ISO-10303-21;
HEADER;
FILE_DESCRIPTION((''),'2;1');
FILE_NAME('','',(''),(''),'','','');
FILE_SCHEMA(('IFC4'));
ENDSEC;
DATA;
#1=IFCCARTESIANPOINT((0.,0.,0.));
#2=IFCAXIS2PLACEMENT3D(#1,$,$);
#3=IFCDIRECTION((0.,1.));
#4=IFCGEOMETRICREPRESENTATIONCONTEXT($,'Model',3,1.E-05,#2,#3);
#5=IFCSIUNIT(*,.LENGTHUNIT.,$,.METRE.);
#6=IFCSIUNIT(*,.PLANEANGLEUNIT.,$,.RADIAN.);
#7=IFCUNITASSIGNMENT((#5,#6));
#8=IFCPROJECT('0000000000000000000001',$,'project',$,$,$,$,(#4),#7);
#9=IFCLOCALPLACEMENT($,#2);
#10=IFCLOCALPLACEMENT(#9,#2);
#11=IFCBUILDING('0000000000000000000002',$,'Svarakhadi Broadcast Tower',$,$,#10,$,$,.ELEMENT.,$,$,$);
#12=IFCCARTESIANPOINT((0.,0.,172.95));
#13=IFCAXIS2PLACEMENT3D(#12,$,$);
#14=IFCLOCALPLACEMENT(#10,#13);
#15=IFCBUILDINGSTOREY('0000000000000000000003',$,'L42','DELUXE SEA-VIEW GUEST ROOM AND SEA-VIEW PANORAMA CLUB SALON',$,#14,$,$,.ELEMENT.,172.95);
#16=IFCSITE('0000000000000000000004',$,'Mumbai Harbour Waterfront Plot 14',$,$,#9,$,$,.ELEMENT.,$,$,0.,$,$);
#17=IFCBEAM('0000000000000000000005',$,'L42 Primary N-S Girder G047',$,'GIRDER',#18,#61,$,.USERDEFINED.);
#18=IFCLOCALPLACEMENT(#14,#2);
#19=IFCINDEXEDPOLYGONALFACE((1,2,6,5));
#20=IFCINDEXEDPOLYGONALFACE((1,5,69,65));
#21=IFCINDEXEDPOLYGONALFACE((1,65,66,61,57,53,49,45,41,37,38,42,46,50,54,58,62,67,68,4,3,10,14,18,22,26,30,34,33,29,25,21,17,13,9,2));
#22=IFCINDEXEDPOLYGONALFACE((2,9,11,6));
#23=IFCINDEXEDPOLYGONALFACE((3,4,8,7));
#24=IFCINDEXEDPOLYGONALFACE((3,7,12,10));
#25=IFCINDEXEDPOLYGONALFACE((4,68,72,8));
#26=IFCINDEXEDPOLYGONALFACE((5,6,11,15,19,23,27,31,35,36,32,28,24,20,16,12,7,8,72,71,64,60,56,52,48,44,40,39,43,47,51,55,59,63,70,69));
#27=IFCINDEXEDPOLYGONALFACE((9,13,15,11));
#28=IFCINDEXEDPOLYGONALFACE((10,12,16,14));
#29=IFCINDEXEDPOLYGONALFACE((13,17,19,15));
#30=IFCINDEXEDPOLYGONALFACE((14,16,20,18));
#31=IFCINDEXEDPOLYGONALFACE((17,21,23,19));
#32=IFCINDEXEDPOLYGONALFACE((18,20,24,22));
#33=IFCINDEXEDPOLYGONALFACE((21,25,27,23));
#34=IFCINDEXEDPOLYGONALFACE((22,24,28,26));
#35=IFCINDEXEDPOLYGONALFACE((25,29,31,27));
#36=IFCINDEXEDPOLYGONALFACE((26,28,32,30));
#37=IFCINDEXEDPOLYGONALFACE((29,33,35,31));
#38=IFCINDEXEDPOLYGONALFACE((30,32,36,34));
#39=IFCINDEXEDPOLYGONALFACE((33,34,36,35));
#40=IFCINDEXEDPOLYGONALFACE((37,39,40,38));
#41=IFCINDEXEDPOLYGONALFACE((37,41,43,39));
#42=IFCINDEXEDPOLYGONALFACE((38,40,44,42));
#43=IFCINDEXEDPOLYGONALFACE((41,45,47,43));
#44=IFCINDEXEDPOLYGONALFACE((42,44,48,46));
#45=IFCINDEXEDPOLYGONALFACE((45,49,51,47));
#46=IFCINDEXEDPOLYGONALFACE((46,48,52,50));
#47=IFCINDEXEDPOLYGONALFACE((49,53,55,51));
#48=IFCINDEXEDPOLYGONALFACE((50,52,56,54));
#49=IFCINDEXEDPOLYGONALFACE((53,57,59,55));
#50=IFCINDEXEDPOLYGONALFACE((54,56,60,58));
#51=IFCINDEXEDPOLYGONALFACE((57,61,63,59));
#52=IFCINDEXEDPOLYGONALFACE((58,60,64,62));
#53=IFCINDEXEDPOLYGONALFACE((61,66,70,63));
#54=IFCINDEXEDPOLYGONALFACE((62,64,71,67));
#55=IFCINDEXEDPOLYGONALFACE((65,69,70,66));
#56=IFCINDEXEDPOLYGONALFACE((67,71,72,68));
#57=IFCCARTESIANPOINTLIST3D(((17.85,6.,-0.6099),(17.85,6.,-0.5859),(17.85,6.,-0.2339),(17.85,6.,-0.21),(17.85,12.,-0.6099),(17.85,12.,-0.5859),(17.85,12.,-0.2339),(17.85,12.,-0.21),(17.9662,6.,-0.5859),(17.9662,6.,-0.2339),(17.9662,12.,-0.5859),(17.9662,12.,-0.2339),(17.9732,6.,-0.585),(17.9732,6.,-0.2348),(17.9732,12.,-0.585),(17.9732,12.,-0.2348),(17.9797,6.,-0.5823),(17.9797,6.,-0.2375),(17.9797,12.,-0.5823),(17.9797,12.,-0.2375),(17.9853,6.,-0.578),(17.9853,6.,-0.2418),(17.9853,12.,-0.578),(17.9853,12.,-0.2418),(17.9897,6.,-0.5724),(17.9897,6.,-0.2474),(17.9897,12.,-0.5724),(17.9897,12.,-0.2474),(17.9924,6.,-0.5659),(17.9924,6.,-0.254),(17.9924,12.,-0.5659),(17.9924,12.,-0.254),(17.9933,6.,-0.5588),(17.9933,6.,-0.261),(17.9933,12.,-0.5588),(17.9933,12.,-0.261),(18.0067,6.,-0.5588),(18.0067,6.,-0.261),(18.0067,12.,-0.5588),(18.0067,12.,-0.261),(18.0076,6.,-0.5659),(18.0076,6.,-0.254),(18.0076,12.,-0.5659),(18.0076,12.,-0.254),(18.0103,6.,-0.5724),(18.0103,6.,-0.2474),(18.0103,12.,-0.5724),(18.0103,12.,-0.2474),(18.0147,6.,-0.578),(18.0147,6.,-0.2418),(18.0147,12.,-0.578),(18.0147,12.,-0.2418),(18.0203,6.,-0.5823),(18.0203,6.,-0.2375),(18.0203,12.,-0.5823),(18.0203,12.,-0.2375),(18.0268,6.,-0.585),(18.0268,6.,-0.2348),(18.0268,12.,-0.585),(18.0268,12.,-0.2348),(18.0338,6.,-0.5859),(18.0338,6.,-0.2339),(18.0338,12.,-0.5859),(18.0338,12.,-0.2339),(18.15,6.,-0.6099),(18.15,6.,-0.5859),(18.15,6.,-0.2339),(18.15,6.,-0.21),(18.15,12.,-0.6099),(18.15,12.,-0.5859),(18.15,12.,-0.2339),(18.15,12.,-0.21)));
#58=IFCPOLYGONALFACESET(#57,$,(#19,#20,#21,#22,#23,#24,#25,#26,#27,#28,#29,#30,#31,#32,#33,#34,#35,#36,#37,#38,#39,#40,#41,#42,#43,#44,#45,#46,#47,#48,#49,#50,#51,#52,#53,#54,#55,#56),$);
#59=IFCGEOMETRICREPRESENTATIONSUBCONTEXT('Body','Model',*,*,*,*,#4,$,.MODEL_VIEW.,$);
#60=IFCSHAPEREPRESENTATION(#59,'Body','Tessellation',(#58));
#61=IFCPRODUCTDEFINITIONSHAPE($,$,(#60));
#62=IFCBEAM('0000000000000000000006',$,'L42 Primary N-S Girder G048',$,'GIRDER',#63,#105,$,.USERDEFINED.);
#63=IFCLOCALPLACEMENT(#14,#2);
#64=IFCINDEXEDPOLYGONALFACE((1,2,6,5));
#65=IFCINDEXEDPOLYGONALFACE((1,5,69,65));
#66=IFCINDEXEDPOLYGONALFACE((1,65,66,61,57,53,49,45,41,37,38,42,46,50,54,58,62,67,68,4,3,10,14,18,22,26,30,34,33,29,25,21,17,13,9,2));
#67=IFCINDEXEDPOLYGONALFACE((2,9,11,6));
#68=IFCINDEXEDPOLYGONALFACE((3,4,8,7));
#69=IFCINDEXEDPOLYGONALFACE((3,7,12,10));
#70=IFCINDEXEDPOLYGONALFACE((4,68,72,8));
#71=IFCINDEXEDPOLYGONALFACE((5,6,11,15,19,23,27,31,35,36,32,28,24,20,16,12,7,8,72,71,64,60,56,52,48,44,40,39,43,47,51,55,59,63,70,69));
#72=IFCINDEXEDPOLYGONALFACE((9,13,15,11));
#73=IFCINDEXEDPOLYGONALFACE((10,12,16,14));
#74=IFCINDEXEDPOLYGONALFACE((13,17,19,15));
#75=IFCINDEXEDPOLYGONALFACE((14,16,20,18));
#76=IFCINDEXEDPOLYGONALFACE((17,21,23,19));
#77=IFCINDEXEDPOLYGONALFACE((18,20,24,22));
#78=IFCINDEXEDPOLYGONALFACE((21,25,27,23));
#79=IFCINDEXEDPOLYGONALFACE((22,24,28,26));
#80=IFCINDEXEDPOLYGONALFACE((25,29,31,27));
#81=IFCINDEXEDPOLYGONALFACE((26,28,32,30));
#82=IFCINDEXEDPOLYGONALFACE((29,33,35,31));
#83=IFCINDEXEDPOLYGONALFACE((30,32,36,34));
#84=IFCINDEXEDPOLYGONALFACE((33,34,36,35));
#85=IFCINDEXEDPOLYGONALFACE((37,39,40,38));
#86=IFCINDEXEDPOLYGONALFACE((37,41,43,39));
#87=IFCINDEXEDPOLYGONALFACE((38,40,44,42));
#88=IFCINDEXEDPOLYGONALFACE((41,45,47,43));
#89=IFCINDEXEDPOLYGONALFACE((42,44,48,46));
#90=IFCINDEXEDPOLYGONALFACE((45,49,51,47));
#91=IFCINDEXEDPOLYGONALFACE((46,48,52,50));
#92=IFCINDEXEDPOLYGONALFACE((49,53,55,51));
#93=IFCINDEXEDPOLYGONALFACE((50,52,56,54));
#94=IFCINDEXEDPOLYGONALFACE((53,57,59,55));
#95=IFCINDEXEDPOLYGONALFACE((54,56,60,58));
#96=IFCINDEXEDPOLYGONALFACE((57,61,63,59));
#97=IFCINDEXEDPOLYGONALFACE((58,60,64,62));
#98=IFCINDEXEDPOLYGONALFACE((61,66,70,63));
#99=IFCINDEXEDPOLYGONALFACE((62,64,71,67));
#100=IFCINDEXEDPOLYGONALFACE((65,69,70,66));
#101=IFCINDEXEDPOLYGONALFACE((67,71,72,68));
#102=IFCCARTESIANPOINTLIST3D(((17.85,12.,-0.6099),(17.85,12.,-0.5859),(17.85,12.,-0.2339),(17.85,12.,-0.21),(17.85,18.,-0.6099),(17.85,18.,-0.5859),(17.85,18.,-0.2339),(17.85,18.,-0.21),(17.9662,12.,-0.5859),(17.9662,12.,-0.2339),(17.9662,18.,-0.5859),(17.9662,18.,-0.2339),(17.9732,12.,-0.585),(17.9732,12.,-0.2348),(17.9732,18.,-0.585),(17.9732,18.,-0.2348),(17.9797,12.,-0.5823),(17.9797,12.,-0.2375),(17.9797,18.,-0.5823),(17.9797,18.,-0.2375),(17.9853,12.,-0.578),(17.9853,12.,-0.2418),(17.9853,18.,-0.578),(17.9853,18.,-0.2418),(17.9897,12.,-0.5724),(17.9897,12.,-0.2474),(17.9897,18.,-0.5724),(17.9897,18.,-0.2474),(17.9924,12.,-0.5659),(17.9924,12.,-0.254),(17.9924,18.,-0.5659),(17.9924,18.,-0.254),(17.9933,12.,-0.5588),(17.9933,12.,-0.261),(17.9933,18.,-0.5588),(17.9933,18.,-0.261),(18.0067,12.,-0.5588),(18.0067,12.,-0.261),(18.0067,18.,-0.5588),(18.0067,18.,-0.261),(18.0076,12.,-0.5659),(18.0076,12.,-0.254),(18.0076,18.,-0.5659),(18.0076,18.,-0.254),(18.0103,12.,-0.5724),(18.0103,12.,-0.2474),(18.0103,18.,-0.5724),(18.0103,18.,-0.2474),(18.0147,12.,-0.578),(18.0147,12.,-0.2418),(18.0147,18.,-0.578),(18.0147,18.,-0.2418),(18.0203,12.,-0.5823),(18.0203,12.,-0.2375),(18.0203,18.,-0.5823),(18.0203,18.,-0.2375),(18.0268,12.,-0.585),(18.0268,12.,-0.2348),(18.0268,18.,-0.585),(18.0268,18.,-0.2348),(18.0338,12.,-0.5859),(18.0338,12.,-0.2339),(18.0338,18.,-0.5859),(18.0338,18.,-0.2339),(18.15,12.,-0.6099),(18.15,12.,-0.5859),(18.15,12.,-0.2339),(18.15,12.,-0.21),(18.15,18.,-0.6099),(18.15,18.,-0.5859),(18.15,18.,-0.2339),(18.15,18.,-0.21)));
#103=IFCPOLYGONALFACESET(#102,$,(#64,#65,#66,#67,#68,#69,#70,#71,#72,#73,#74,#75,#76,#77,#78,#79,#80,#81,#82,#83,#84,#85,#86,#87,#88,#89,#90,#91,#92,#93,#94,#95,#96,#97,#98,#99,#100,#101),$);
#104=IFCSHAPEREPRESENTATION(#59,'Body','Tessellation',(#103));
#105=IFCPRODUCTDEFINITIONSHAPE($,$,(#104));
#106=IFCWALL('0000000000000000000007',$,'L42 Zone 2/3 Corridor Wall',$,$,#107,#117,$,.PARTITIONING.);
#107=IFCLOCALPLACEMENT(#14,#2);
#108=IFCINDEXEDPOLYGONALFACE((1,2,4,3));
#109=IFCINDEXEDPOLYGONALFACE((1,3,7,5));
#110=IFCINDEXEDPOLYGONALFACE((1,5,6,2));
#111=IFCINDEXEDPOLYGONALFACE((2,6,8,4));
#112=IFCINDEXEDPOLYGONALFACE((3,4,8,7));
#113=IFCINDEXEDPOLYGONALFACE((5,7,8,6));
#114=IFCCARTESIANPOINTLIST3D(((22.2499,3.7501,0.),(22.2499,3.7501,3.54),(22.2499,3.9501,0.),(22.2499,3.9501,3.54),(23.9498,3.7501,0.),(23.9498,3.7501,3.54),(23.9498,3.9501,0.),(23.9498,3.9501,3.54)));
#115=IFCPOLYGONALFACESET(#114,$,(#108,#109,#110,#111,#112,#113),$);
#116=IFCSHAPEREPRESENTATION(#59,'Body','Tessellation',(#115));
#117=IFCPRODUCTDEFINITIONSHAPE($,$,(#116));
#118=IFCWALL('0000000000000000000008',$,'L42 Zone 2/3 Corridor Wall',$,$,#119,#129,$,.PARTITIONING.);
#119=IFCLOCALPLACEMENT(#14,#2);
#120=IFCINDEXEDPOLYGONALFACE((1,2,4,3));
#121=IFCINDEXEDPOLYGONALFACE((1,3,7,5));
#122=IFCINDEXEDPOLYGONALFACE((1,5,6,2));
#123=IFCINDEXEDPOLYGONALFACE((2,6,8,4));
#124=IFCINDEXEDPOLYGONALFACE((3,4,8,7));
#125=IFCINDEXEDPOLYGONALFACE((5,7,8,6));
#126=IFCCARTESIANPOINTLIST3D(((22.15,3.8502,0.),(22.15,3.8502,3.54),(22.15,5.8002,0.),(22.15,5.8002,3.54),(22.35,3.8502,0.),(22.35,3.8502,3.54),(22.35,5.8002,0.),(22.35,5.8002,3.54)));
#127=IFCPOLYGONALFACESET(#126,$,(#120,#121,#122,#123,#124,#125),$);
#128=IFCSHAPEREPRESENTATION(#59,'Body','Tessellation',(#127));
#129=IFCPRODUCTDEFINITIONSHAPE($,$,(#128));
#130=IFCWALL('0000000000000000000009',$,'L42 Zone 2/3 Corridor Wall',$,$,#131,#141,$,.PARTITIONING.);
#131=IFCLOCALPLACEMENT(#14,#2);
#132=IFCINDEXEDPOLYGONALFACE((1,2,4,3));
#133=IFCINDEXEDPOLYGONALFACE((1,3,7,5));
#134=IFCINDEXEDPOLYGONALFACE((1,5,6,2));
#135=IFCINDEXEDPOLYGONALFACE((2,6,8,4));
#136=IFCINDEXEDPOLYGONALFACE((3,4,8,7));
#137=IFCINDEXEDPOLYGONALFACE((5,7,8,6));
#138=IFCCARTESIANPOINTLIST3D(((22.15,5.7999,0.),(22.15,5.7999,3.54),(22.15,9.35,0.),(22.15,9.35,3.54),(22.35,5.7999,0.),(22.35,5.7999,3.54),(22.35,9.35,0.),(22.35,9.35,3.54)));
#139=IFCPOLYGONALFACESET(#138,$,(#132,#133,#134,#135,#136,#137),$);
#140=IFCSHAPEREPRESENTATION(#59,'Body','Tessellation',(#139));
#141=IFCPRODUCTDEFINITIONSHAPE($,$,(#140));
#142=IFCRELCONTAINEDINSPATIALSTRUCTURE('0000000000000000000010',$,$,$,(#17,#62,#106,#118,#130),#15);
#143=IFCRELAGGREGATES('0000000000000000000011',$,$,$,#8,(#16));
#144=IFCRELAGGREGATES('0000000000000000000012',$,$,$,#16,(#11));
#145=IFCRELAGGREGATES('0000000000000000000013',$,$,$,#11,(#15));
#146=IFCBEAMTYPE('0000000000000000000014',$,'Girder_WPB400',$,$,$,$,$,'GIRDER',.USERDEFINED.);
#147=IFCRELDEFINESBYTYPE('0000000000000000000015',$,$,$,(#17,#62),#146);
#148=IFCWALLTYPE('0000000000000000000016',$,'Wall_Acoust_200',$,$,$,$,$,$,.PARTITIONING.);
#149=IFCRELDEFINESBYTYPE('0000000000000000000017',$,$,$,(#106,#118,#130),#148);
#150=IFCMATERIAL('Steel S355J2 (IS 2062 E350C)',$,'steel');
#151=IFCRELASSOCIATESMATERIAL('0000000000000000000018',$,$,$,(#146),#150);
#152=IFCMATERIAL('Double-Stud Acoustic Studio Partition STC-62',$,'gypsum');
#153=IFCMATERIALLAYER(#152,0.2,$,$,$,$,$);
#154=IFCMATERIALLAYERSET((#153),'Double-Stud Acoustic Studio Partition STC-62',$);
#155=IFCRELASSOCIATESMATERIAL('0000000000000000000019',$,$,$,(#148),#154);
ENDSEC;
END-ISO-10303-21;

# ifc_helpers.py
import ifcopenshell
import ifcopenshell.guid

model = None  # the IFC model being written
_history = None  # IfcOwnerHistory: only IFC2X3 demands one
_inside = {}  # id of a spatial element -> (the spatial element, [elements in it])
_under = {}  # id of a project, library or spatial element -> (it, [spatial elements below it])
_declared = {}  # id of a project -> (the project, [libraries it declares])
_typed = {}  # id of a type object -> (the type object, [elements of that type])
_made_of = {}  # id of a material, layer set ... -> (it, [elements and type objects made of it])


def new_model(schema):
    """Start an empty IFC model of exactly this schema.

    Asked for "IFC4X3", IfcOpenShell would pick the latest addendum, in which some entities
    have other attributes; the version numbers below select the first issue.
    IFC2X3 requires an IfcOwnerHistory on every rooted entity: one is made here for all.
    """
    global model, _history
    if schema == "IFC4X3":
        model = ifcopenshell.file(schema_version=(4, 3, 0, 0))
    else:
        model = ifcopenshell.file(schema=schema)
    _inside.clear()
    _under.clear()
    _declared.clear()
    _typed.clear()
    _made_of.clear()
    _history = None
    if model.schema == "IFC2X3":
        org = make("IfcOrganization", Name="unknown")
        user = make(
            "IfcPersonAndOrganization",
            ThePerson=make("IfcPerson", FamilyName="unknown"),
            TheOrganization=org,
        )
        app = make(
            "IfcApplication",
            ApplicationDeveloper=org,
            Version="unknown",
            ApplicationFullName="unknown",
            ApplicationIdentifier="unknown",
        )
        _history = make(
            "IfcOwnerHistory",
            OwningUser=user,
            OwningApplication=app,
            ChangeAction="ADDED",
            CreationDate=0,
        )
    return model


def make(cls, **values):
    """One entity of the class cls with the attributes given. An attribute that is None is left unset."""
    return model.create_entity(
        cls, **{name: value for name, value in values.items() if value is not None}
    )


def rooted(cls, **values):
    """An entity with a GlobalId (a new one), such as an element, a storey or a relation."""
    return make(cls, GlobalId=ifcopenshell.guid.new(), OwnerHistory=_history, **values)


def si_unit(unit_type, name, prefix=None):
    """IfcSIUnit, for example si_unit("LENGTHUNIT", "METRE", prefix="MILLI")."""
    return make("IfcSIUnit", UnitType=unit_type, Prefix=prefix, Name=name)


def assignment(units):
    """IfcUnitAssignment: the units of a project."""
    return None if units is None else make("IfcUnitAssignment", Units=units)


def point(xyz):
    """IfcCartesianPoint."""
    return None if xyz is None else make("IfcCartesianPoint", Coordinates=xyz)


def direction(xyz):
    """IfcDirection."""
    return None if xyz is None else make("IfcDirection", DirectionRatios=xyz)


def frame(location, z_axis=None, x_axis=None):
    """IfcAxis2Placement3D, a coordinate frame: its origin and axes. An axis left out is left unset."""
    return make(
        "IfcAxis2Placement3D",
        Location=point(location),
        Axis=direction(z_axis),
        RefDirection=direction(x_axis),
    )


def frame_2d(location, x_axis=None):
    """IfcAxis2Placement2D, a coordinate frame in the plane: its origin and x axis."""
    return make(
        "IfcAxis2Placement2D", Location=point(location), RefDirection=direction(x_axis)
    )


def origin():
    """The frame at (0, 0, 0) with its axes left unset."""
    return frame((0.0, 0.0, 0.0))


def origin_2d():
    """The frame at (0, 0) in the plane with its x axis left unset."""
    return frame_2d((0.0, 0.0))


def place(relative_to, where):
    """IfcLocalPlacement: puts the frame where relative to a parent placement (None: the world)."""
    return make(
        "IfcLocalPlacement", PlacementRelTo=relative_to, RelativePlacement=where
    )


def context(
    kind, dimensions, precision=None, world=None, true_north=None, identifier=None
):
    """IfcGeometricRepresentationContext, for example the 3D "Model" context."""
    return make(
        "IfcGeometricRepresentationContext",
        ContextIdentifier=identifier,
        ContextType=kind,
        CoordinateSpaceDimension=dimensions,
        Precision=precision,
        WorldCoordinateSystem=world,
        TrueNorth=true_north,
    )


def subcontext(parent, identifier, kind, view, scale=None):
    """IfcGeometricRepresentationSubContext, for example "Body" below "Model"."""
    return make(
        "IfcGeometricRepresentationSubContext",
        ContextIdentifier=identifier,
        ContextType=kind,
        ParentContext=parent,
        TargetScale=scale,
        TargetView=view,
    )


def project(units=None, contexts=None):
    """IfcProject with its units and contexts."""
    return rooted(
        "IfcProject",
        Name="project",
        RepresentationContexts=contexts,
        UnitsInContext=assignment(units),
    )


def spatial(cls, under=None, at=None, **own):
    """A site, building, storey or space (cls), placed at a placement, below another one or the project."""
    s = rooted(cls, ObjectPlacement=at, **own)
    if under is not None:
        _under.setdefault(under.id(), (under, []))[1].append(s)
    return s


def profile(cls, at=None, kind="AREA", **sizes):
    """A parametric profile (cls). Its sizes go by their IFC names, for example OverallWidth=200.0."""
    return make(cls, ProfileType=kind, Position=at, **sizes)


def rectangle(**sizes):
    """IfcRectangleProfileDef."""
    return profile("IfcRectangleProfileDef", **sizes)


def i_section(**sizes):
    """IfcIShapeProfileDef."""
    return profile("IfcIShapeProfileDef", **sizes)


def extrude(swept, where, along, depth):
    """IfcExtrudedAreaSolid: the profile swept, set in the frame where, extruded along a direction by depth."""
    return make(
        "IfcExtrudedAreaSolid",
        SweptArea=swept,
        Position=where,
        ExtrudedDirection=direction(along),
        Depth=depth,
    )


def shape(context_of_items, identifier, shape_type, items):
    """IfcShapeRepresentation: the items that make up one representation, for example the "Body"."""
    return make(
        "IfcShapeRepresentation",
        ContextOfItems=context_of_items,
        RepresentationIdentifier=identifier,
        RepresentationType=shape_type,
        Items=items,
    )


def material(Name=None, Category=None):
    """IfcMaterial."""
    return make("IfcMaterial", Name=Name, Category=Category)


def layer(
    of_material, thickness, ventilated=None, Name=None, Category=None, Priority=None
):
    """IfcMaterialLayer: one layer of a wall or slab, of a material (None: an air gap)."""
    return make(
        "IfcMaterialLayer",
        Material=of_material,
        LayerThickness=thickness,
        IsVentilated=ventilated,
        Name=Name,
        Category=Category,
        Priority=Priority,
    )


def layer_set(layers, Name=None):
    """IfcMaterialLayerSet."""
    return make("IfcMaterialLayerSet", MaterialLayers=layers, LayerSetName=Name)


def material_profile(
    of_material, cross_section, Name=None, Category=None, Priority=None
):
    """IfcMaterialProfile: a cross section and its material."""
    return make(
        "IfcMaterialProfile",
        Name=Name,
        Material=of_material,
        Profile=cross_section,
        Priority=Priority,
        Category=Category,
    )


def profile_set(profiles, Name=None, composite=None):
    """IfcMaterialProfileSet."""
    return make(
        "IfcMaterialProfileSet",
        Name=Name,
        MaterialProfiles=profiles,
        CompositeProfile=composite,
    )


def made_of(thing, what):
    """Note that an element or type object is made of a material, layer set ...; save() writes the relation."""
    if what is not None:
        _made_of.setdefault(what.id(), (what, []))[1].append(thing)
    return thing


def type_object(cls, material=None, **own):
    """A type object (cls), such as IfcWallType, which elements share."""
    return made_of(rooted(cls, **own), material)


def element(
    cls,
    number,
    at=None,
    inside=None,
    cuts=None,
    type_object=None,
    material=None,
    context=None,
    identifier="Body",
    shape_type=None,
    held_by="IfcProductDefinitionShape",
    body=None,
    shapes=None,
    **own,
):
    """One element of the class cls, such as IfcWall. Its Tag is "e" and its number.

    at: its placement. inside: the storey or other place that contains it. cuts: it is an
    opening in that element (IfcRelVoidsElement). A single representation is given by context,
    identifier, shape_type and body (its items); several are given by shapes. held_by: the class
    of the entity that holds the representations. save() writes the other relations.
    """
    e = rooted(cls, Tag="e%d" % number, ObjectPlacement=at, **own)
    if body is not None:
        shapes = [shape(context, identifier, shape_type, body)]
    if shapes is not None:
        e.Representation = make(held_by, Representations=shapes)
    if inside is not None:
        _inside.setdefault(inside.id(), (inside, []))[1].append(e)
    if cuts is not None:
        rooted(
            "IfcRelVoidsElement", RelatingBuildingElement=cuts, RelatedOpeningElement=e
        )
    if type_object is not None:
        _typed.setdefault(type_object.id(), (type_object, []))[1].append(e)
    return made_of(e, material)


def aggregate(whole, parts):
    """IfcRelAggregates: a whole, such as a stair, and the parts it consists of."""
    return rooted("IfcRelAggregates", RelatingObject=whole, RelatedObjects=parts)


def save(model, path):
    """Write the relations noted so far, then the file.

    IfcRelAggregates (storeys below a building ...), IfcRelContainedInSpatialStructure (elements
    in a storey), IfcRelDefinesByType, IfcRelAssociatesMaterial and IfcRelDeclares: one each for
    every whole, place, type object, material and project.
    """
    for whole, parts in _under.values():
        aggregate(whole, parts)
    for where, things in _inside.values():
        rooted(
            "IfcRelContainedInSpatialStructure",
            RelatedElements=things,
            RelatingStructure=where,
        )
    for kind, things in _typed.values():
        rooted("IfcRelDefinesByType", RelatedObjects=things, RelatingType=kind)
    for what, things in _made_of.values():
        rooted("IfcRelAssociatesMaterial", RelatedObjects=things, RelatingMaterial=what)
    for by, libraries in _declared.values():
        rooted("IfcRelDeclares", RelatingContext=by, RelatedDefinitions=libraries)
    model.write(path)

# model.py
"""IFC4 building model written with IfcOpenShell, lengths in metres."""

from ifc_helpers import new_model, si_unit, direction, frame, frame_2d, origin, origin_2d, place, context, subcontext, project, spatial, rectangle, i_section, extrude, material, layer, layer_set, material_profile, profile_set, type_object, element, save


model = new_model("IFC4")

# Units and contexts
model_context = context("Model", 3, precision=1e-05, world=origin(), true_north=direction((0.0, 1.0)))
body_context = subcontext(model_context, "Body", "Model", "MODEL_VIEW")
ifc_project = project(units=[si_unit("LENGTHUNIT", "METRE"), si_unit("PLANEANGLEUNIT", "RADIAN")], contexts=[model_context])

# Site, building, storey
site_placement = place(None, origin())
site = spatial("IfcSite", under=ifc_project, at=site_placement, Name="Mumbai Harbour Waterfront Plot 14", CompositionType="ELEMENT", RefElevation=0.0)
building_placement = place(site_placement, origin())
building = spatial("IfcBuilding", under=site, at=building_placement, Name="Svarakhadi Broadcast Tower", CompositionType="ELEMENT")
storey_placement = place(building_placement, frame((0.0, 0.0, 172.95)))
storey = spatial("IfcBuildingStorey", under=building, at=storey_placement, Name="L42", Description="DELUXE SEA-VIEW GUEST ROOM AND SEA-VIEW PANORAMA CLUB SALON", CompositionType="ELEMENT", Elevation=172.95)

# Beams
ifc_material_1 = material(Name="Steel S355J2 (IS 2062 E350C)", Category="steel")
ifc_material_profile_1 = material_profile(ifc_material_1, i_section(OverallWidth=0.3, OverallDepth=0.3999, WebThickness=0.0134, FlangeThickness=0.0239, FilletRadius=0.0271, at=origin_2d()), Name="WPB 400x300x155")
ifc_profile_set_1 = profile_set([ifc_material_profile_1], Name="Steel S355J2 (IS 2062 E350C)")
beam_type_1 = type_object("IfcBeamType", Name="Girder_WPB400", ElementType="GIRDER", PredefinedType="USERDEFINED", material=ifc_profile_set_1)
for number, where, z_axis, x_axis, name in (
    (1, (18.0, 6.0, -0.4099), (0.0, 1.0, 0.0), (-1.0, 0.0, 0.0), "L42 Primary N-S Girder G047"),
    (2, (18.0, 12.0, -0.4099), (0.0, 1.0, 0.0), (-1.0, 0.0, 0.0), "L42 Primary N-S Girder G048"),
):
    element("IfcBeam", number, at=place(storey_placement, frame(where, z_axis=z_axis, x_axis=x_axis)), inside=storey, type_object=beam_type_1, Name=name, ObjectType="GIRDER", PredefinedType="USERDEFINED", context=body_context, shape_type="SweptSolid", body=[
        extrude(i_section(OverallWidth=0.3, OverallDepth=0.3999, WebThickness=0.0134, FlangeThickness=0.0239, FilletRadius=0.0271, at=origin_2d()), origin(), (0.0, 0.0, 1.0), 6.0),
    ])

# Walls
ifc_material_2 = material(Name="Double-Stud Acoustic Studio Partition STC-62", Category="gypsum")
ifc_layer_1 = layer(ifc_material_2, 0.2)
ifc_layer_set_1 = layer_set([ifc_layer_1], Name="Double-Stud Acoustic Studio Partition STC-62")
wall_type_1 = type_object("IfcWallType", Name="Wall_Acoust_200", PredefinedType="PARTITIONING", material=ifc_layer_set_1)
wall_1_placement = place(storey_placement, frame((23.95, 3.8501, 0.0), z_axis=(0.0, 0.0, 1.0), x_axis=(-1.0, 0.0, 0.0)))
element("IfcWall", 3, at=wall_1_placement, inside=storey, type_object=wall_type_1, Name="L42 Zone 2/3 Corridor Wall", PredefinedType="PARTITIONING", context=body_context, shape_type="SweptSolid", body=[
    extrude(rectangle(XDim=1.7, YDim=0.2, at=frame_2d((0.8501, 0.0))), origin(), (0.0, 0.0, 1.0), 3.54),
])
wall_2_placement = place(storey_placement, frame((22.25, 3.8501, 0.0), z_axis=(0.0, 0.0, 1.0), x_axis=(0.0, 1.0, 0.0)))
element("IfcWall", 4, at=wall_2_placement, inside=storey, type_object=wall_type_1, Name="L42 Zone 2/3 Corridor Wall", PredefinedType="PARTITIONING", context=body_context, shape_type="SweptSolid", body=[
    extrude(rectangle(XDim=1.95, YDim=0.2, at=frame_2d((0.9751, 0.0))), origin(), (0.0, 0.0, 1.0), 3.54),
])
wall_3_placement = place(storey_placement, frame((22.25, 5.8, 0.0), z_axis=(0.0, 0.0, 1.0), x_axis=(0.0, 1.0, 0.0)))
element("IfcWall", 5, at=wall_3_placement, inside=storey, type_object=wall_type_1, Name="L42 Zone 2/3 Corridor Wall", PredefinedType="PARTITIONING", context=body_context, shape_type="SweptSolid", body=[
    extrude(rectangle(XDim=3.55, YDim=0.2, at=frame_2d((1.7749, 0.0))), origin(), (0.0, 0.0, 1.0), 3.54),
])

save(model, "model.ifc")
